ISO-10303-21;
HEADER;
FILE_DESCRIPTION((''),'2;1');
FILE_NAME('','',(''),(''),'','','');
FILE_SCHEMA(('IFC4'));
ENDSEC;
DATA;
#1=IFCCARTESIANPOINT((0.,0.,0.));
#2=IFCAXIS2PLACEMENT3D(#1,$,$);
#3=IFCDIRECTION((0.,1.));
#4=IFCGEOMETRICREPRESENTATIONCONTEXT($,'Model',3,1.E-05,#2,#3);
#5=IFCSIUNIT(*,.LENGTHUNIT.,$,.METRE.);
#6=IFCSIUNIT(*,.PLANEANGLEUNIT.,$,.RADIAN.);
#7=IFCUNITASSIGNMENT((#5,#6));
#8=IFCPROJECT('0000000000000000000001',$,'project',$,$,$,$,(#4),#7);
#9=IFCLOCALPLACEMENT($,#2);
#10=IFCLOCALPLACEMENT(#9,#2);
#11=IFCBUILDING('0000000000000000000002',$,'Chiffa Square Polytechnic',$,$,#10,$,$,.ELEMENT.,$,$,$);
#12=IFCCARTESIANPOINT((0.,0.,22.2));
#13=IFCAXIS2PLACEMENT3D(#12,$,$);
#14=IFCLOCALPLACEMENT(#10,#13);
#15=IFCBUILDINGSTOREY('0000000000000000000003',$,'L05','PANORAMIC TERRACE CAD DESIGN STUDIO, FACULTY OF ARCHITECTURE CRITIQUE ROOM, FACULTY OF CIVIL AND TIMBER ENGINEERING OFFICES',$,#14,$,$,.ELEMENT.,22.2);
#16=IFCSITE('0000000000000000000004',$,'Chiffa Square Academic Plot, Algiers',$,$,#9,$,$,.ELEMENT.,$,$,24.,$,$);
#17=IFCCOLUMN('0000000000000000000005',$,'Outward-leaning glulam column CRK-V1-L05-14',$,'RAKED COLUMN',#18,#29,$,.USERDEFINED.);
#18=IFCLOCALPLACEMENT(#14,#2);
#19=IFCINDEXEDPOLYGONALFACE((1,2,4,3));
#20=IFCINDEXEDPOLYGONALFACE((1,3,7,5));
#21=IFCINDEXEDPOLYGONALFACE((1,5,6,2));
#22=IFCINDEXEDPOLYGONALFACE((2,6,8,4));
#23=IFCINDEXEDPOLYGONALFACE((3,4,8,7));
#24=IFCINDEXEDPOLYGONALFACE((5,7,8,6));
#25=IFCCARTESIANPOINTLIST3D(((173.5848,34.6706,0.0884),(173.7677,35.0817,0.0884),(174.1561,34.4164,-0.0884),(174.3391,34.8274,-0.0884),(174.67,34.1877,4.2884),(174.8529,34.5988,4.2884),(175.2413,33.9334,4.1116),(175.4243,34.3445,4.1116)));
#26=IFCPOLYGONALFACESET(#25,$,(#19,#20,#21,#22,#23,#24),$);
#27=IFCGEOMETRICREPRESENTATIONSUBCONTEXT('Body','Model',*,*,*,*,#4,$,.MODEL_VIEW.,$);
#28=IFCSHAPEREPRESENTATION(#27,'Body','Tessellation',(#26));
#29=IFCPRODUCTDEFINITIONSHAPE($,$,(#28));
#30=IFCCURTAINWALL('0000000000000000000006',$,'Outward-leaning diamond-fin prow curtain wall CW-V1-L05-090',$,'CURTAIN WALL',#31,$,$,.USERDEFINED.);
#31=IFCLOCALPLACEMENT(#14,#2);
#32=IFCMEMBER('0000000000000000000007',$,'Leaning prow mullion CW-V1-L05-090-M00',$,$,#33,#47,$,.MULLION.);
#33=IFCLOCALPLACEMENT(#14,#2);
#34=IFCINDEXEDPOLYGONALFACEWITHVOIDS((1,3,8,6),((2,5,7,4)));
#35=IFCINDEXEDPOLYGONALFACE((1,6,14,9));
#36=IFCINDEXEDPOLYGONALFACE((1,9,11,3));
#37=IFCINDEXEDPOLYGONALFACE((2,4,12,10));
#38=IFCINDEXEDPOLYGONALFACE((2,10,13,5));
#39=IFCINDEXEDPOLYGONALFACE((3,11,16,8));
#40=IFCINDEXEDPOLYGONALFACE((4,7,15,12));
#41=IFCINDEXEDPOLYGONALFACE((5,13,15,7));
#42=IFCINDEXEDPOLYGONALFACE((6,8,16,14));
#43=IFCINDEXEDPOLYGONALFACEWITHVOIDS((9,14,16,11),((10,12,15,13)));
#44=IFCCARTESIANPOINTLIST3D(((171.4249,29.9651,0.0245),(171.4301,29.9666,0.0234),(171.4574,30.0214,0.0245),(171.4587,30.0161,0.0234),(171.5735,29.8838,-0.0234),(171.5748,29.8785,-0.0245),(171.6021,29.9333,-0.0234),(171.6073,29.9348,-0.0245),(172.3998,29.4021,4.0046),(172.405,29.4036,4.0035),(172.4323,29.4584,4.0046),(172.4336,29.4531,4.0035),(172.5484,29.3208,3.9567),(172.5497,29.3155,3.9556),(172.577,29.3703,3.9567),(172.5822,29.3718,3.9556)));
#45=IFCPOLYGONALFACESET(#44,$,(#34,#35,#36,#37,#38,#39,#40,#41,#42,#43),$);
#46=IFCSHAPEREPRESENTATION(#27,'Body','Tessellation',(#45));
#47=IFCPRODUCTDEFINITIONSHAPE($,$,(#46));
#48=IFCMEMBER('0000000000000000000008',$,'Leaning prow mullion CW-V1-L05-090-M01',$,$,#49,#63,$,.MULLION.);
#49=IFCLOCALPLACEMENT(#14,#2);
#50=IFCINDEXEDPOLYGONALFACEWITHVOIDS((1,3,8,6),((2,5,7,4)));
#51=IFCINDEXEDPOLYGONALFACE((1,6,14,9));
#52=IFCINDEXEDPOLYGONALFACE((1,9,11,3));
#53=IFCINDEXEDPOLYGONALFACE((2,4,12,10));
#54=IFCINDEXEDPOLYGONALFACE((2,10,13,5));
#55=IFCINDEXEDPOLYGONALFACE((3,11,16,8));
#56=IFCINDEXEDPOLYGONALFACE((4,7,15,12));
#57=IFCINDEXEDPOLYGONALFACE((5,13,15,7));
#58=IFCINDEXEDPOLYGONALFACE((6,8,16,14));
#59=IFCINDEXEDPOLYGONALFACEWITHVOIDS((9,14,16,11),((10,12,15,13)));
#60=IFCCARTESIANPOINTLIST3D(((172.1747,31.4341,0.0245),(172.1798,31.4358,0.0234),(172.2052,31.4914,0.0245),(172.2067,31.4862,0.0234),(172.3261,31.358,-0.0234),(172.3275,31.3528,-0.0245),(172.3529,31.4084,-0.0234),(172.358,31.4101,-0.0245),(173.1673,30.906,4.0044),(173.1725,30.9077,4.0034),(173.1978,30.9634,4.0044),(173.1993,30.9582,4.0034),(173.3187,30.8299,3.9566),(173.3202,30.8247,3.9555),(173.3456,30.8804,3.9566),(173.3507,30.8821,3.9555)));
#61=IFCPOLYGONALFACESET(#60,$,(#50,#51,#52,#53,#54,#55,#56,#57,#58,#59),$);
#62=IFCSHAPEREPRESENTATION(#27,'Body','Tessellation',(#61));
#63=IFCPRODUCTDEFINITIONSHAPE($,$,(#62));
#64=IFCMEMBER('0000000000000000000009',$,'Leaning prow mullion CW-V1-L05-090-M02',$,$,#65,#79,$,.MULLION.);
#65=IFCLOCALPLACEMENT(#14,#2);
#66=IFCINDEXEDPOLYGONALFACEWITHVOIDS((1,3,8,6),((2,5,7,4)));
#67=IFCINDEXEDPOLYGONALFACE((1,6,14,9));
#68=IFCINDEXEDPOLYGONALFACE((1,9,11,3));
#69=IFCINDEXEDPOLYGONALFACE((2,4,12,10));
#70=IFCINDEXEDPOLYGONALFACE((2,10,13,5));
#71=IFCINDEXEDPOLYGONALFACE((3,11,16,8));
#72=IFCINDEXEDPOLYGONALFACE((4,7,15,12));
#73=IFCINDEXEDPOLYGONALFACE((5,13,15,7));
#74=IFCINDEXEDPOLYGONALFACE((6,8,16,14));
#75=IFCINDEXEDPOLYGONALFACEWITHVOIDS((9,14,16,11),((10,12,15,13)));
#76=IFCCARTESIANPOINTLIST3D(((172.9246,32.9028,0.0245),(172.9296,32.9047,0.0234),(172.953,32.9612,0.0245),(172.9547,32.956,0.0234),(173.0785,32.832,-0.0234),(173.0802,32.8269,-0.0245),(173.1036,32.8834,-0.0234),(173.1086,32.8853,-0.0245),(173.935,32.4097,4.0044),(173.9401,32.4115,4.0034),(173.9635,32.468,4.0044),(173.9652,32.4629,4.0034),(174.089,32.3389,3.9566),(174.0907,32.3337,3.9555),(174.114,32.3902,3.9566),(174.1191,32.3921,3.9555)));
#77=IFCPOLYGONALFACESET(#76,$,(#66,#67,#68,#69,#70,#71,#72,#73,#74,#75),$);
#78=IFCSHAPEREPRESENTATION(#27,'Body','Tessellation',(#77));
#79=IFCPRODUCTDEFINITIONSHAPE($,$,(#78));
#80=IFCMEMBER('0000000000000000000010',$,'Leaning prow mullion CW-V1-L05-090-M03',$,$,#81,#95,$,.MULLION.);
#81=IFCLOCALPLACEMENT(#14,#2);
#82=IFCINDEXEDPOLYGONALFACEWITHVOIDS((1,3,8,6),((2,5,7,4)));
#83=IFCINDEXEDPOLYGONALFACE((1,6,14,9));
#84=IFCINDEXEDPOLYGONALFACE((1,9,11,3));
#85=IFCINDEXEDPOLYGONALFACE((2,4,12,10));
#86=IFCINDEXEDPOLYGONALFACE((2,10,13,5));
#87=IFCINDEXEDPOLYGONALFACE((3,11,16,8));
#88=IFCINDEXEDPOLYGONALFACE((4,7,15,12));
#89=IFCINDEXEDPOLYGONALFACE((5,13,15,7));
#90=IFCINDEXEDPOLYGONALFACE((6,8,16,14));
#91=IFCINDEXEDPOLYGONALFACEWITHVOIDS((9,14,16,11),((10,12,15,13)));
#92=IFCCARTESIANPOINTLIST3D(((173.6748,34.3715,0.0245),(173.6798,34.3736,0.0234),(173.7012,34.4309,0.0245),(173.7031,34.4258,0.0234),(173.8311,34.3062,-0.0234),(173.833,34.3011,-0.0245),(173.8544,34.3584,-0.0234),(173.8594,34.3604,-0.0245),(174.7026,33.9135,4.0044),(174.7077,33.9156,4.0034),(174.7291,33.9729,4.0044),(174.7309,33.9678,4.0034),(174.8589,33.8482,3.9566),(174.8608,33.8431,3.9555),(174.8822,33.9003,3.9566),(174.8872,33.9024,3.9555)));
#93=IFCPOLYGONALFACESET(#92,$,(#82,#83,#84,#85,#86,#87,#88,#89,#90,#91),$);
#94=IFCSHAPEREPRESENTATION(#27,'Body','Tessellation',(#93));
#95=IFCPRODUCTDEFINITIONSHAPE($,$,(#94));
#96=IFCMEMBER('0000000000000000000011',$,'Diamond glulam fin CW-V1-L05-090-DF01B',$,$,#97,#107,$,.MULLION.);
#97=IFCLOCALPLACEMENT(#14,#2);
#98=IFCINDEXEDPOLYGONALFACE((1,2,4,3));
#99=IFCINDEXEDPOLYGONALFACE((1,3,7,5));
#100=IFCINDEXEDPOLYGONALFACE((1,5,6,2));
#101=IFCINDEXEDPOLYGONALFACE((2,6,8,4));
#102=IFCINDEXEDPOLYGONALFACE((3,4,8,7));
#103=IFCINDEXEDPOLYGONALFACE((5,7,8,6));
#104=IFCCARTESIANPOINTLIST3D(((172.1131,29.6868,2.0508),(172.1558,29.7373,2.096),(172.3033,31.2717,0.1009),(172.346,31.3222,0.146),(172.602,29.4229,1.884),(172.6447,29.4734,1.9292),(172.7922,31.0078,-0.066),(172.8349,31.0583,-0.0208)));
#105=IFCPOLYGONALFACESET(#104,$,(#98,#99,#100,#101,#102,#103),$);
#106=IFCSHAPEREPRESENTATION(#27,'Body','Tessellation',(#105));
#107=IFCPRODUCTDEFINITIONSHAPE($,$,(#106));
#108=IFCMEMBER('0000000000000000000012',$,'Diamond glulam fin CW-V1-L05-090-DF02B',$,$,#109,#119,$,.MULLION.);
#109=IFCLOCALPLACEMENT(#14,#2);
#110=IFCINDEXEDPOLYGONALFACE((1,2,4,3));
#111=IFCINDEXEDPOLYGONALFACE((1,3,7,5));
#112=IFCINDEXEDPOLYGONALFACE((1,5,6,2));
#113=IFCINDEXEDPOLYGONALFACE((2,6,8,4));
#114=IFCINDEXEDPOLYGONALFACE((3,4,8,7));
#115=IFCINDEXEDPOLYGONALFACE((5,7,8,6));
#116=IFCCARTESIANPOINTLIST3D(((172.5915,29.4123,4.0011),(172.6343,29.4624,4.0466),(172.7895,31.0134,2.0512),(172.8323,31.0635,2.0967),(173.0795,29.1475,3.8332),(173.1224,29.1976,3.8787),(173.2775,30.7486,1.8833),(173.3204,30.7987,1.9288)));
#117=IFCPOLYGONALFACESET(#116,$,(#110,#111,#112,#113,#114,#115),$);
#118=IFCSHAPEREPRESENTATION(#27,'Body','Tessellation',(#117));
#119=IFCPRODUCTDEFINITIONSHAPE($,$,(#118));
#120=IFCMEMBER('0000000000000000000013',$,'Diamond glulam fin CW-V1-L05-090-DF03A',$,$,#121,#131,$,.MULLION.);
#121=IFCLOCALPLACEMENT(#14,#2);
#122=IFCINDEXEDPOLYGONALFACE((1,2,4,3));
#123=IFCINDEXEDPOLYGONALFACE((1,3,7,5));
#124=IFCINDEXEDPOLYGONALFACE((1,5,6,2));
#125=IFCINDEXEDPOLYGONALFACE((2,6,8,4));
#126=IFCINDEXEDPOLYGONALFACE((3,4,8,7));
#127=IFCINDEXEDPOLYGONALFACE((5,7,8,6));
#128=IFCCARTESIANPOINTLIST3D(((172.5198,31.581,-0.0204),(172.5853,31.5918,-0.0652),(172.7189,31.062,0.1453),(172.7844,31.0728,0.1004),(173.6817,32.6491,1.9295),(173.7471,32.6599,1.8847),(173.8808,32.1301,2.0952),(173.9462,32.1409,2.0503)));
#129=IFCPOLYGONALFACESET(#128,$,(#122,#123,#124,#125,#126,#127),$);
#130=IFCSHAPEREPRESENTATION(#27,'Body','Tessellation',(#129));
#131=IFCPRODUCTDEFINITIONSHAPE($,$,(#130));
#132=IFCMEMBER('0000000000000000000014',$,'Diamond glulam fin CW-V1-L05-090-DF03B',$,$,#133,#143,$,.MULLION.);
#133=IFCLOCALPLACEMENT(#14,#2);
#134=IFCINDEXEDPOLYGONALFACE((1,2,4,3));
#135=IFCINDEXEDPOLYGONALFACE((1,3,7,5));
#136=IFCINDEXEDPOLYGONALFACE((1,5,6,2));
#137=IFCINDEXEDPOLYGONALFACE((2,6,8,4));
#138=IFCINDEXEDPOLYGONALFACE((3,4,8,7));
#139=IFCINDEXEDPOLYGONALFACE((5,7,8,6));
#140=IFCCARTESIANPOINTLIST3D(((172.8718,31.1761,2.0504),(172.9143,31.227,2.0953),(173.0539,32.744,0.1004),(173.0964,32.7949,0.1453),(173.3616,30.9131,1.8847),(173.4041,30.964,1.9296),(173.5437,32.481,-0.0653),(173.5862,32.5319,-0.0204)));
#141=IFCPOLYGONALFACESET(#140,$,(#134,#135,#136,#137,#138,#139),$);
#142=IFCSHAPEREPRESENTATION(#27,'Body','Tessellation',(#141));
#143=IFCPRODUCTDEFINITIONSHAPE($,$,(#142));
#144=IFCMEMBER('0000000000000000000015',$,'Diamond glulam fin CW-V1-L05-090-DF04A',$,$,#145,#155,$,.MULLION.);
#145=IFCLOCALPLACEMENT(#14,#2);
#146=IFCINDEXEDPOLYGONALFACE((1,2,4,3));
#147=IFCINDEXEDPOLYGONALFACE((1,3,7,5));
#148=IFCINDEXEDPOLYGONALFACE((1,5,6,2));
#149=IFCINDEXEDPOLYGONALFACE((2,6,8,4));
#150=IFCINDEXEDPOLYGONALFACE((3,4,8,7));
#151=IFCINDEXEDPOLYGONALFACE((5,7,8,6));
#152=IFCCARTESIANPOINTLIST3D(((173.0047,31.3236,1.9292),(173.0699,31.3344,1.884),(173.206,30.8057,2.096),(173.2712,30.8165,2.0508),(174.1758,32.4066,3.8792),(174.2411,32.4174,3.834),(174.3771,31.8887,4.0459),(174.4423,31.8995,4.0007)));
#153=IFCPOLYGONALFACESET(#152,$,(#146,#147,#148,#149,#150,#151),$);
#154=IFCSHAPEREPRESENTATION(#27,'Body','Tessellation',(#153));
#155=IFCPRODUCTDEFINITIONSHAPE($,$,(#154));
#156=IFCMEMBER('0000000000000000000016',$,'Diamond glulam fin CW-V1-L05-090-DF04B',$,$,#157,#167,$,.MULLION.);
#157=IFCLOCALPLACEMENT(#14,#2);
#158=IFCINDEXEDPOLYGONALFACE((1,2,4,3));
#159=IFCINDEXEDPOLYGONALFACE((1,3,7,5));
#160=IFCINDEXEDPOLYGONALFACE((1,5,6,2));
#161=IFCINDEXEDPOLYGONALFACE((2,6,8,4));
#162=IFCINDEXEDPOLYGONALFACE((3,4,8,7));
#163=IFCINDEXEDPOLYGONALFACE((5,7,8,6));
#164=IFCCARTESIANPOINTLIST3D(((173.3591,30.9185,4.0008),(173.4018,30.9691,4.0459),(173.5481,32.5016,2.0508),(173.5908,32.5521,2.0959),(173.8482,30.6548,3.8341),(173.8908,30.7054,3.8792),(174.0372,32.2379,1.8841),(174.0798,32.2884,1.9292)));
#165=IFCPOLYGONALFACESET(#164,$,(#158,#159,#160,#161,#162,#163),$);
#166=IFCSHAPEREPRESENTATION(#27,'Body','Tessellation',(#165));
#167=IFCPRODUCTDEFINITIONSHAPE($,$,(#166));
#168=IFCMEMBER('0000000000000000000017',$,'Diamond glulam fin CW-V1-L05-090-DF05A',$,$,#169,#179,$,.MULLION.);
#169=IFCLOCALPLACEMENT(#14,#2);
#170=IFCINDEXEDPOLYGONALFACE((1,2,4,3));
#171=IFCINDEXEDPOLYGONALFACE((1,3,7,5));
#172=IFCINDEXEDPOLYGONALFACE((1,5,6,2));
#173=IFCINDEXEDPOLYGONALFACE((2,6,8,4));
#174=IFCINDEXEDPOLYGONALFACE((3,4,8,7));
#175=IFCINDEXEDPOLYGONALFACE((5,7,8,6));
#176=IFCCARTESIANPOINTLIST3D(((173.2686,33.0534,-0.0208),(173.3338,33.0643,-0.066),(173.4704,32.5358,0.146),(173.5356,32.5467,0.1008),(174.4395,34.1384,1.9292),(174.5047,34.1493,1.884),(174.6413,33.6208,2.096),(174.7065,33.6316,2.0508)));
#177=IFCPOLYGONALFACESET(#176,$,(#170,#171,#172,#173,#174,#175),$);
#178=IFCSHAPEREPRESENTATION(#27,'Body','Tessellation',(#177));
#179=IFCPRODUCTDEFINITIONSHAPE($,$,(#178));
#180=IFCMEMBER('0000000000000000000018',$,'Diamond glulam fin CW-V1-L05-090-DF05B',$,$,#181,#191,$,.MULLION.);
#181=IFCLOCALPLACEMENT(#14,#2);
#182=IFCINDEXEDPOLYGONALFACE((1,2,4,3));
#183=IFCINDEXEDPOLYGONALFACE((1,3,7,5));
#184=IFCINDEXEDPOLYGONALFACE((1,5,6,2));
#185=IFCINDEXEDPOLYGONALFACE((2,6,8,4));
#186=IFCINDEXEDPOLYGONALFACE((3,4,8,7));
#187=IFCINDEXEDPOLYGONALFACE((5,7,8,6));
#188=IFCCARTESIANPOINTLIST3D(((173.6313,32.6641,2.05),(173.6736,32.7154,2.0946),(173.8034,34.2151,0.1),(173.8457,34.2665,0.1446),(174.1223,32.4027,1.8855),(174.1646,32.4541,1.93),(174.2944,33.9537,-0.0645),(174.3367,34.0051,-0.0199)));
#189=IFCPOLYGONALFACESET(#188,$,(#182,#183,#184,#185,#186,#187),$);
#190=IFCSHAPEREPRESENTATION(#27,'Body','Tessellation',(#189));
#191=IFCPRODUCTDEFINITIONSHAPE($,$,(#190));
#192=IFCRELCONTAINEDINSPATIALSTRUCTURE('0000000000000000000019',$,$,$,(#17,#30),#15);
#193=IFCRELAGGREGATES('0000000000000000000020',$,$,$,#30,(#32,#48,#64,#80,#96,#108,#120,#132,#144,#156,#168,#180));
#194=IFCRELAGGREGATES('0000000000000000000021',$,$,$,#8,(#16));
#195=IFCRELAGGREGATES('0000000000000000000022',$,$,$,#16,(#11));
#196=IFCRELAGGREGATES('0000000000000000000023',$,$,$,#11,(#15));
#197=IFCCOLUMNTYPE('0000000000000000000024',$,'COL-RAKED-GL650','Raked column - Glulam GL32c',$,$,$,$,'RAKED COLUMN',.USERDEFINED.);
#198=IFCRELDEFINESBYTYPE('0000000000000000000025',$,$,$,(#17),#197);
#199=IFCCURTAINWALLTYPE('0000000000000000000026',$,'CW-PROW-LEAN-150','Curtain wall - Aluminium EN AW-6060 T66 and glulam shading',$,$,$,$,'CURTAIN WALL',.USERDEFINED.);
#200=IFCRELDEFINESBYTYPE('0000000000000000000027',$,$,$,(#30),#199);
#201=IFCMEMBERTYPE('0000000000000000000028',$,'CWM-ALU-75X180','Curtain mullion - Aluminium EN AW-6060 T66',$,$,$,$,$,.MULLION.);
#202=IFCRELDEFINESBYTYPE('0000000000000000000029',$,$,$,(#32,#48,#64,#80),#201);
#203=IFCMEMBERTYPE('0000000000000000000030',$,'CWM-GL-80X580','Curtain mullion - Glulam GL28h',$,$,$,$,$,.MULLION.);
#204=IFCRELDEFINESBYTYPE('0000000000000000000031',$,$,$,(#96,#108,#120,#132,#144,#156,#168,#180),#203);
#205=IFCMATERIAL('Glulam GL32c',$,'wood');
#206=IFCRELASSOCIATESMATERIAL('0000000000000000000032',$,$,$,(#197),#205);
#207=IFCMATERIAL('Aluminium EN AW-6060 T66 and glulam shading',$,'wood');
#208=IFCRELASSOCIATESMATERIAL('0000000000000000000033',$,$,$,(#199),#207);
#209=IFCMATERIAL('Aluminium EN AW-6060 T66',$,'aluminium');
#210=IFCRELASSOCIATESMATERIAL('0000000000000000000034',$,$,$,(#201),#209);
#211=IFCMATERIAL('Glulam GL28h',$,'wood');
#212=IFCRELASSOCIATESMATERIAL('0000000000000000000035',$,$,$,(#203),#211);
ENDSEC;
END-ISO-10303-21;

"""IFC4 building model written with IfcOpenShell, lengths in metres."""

from ifc_helpers import new_model, si_unit, direction, frame, origin, origin_2d, place, context, subcontext, project, spatial, rectangle, hollow_rectangle, extrude, material, material_profile, profile_set, type_object, element, aggregate, save


model = new_model("IFC4")

# Units and contexts
model_context = context("Model", 3, precision=1e-05, world=origin(), true_north=direction((0.0, 1.0)))
body_context = subcontext(model_context, "Body", "Model", "MODEL_VIEW")
ifc_project = project(units=[si_unit("LENGTHUNIT", "METRE"), si_unit("PLANEANGLEUNIT", "RADIAN")], contexts=[model_context])

# Site, building, storey
site_placement = place(None, origin())
site = spatial("IfcSite", under=ifc_project, at=site_placement, Name="Chiffa Square Academic Plot, Algiers", CompositionType="ELEMENT", RefElevation=24.0)
building_placement = place(site_placement, origin())
building = spatial("IfcBuilding", under=site, at=building_placement, Name="Chiffa Square Polytechnic", CompositionType="ELEMENT")
storey_placement = place(building_placement, frame((0.0, 0.0, 22.2)))
storey = spatial("IfcBuildingStorey", under=building, at=storey_placement, Name="L05", Description="PANORAMIC TERRACE CAD DESIGN STUDIO, FACULTY OF ARCHITECTURE CRITIQUE ROOM, FACULTY OF CIVIL AND TIMBER ENGINEERING OFFICES", CompositionType="ELEMENT", Elevation=22.2)

# Column
ifc_material_1 = material(Name="Glulam GL32c", Category="wood")
ifc_material_profile_1 = material_profile(ifc_material_1, rectangle(XDim=0.45, YDim=0.6499, at=origin_2d()), Name="GL32c 450x650")
ifc_profile_set_1 = profile_set([ifc_material_profile_1], Name="Glulam GL32c")
column_type = type_object("IfcColumnType", Name="COL-RAKED-GL650", Description="Raked column - Glulam GL32c", ElementType="RAKED COLUMN", PredefinedType="USERDEFINED", material=ifc_profile_set_1)
column_placement = place(storey_placement, frame((173.9619, 34.749, 0.0), z_axis=(0.248633, -0.11064, 0.962258), x_axis=(0.406558, 0.913625, 0.0)))
element("IfcColumn", 1, at=column_placement, inside=storey, type_object=column_type, Name="Outward-leaning glulam column CRK-V1-L05-14", ObjectType="RAKED COLUMN", PredefinedType="USERDEFINED", context=body_context, shape_type="SweptSolid", body=[
    extrude(rectangle(XDim=0.45, YDim=0.6499, at=origin_2d()), origin(), (0.0, 0.0, 1.0), 4.3647),
])

# Curtain wall, members
ifc_material_2 = material(Name="Aluminium EN AW-6060 T66 and glulam shading", Category="wood")
curtain_wall_type_1 = type_object("IfcCurtainWallType", Name="CW-PROW-LEAN-150", Description="Curtain wall - Aluminium EN AW-6060 T66 and glulam shading", ElementType="CURTAIN WALL", PredefinedType="USERDEFINED", material=ifc_material_2)
curtain_wall_1_placement = place(storey_placement, origin())
curtain_wall_1 = element("IfcCurtainWall", 2, at=curtain_wall_1_placement, inside=storey, type_object=curtain_wall_type_1, Name="Outward-leaning diamond-fin prow curtain wall CW-V1-L05-090", ObjectType="CURTAIN WALL", PredefinedType="USERDEFINED")
ifc_material_3 = material(Name="Aluminium EN AW-6060 T66", Category="aluminium")
ifc_material_profile_2 = material_profile(ifc_material_3, hollow_rectangle(XDim=0.0649, YDim=0.1799, WallThickness=0.0039, at=origin_2d()), Name="ALU 65x180x4")
ifc_profile_set_2 = profile_set([ifc_material_profile_2], Name="Aluminium EN AW-6060 T66")
member_type_1 = type_object("IfcMemberType", Name="CWM-ALU-75X180", Description="Curtain mullion - Aluminium EN AW-6060 T66", PredefinedType="MULLION", material=ifc_profile_set_2)
member_1_placement = place(storey_placement, frame((171.5161, 29.95, 0.0), z_axis=(0.235692, -0.136115, 0.962248), x_axis=(0.500104, 0.865965, 0.0)))
member_1 = element("IfcMember", 3, at=member_1_placement, type_object=member_type_1, Name="Leaning prow mullion CW-V1-L05-090-M00", PredefinedType="MULLION", context=body_context, shape_type="SweptSolid", body=[
    extrude(hollow_rectangle(XDim=0.0649, YDim=0.1799, WallThickness=0.0039, at=origin_2d()), origin(), (0.0, 0.0, 1.0), 4.1362),
])
member_2_placement = place(storey_placement, frame((172.2664, 31.4221, 0.0), z_axis=(0.240023, -0.127685, 0.962333), x_axis=(0.469653, 0.882851, 0.0)))
member_2 = element("IfcMember", 4, at=member_2_placement, type_object=member_type_1, Name="Leaning prow mullion CW-V1-L05-090-M01", PredefinedType="MULLION", context=body_context, shape_type="SweptSolid", body=[
    extrude(hollow_rectangle(XDim=0.0649, YDim=0.1799, WallThickness=0.0039, at=origin_2d()), origin(), (0.0, 0.0, 1.0), 4.1357),
])
member_3_placement = place(storey_placement, frame((173.0166, 32.894, 0.0), z_axis=(0.244332, -0.119244, 0.962332), x_axis=(0.438595, 0.898685, 0.0)))
member_3 = element("IfcMember", 5, at=member_3_placement, type_object=member_type_1, Name="Leaning prow mullion CW-V1-L05-090-M02", PredefinedType="MULLION", context=body_context, shape_type="SweptSolid", body=[
    extrude(hollow_rectangle(XDim=0.0649, YDim=0.1799, WallThickness=0.0039, at=origin_2d()), origin(), (0.0, 0.0, 1.0), 4.1357),
])
member_4_placement = place(storey_placement, frame((173.7671, 34.366, 0.0), z_axis=(0.248509, -0.110737, 0.962279), x_axis=(0.407024, 0.913417, 0.0)))
member_4 = element("IfcMember", 6, at=member_4_placement, type_object=member_type_1, Name="Leaning prow mullion CW-V1-L05-090-M03", PredefinedType="MULLION", context=body_context, shape_type="SweptSolid", body=[
    extrude(hollow_rectangle(XDim=0.0649, YDim=0.1799, WallThickness=0.0039, at=origin_2d()), origin(), (0.0, 0.0, 1.0), 4.136),
])
ifc_material_4 = material(Name="Glulam GL28h", Category="wood")
ifc_material_profile_3 = material_profile(ifc_material_4, rectangle(XDim=0.0801, YDim=0.5801, at=origin_2d()), Name="GL28h 80x580")
ifc_profile_set_3 = profile_set([ifc_material_profile_3], Name="Glulam GL28h")
member_type_2 = type_object("IfcMemberType", Name="CWM-GL-80X580", Description="Curtain mullion - Glulam GL28h", PredefinedType="MULLION", material=ifc_profile_set_3)
member_5_placement = place(storey_placement, frame((172.5691, 31.165, 0.04), z_axis=(-0.075469, -0.628944, 0.773779), x_axis=(0.532897, 0.630444, 0.564413)))
member_5 = element("IfcMember", 7, at=member_5_placement, type_object=member_type_2, Name="Diamond glulam fin CW-V1-L05-090-DF01B", PredefinedType="MULLION", context=body_context, shape_type="SweptSolid", body=[
    extrude(rectangle(XDim=0.0801, YDim=0.5801, at=origin_2d()), origin(), (0.0, 0.0, 1.0), 2.52),
])
member_6_placement = place(storey_placement, frame((173.0549, 30.906, 1.99), z_axis=(-0.078235, -0.632635, 0.770488), x_axis=(0.534814, 0.625601, 0.567976)))
member_6 = element("IfcMember", 8, at=member_6_placement, type_object=member_type_2, Name="Diamond glulam fin CW-V1-L05-090-DF02B", PredefinedType="MULLION", context=body_context, shape_type="SweptSolid", body=[
    extrude(rectangle(XDim=0.0801, YDim=0.5801, at=origin_2d()), origin(), (0.0, 0.0, 1.0), 2.5308),
])
member_7_placement = place(storey_placement, frame((172.6521, 31.3269, 0.04), z_axis=(0.463152, 0.42578, 0.777304), x_axis=(-0.817121, -0.134507, 0.560554)))
member_7 = element("IfcMember", 9, at=member_7_placement, type_object=member_type_2, Name="Diamond glulam fin CW-V1-L05-090-DF03A", PredefinedType="MULLION", context=body_context, shape_type="SweptSolid", body=[
    extrude(rectangle(XDim=0.0801, YDim=0.5801, at=origin_2d()), origin(), (0.0, 0.0, 1.0), 2.5085),
])
member_8_placement = place(storey_placement, frame((173.3201, 32.6379, 0.04), z_axis=(-0.072598, -0.624967, 0.777268), x_axis=(0.53087, 0.63554, 0.560594)))
member_8 = element("IfcMember", 10, at=member_8_placement, type_object=member_type_2, Name="Diamond glulam fin CW-V1-L05-090-DF03B", PredefinedType="MULLION", context=body_context, shape_type="SweptSolid", body=[
    extrude(rectangle(XDim=0.0801, YDim=0.5801, at=origin_2d()), origin(), (0.0, 0.0, 1.0), 2.5088),
])
member_9_placement = place(storey_placement, frame((173.1379, 31.0701, 1.99), z_axis=(0.464871, 0.429887, 0.77401), x_axis=(-0.814567, -0.134914, 0.564161)))
member_9 = element("IfcMember", 11, at=member_9_placement, type_object=member_type_2, Name="Diamond glulam fin CW-V1-L05-090-DF04A", PredefinedType="MULLION", context=body_context, shape_type="SweptSolid", body=[
    extrude(rectangle(XDim=0.0801, YDim=0.5801, at=origin_2d()), origin(), (0.0, 0.0, 1.0), 2.5193),
])
member_10_placement = place(storey_placement, frame((173.814, 32.395, 1.99), z_axis=(-0.075024, -0.628498, 0.774185), x_axis=(0.532552, 0.63113, 0.563971)))
member_10 = element("IfcMember", 12, at=member_10_placement, type_object=member_type_2, Name="Diamond glulam fin CW-V1-L05-090-DF04B", PredefinedType="MULLION", context=body_context, shape_type="SweptSolid", body=[
    extrude(rectangle(XDim=0.0801, YDim=0.5801, at=origin_2d()), origin(), (0.0, 0.0, 1.0), 2.5188),
])
member_11_placement = place(storey_placement, frame((173.4021, 32.8, 0.04), z_axis=(0.46464, 0.430538, 0.773787), x_axis=(-0.814286, -0.135595, 0.564404)))
member_11 = element("IfcMember", 13, at=member_11_placement, type_object=member_type_2, Name="Diamond glulam fin CW-V1-L05-090-DF05A", PredefinedType="MULLION", context=body_context, shape_type="SweptSolid", body=[
    extrude(rectangle(XDim=0.0801, YDim=0.5801, at=origin_2d()), origin(), (0.0, 0.0, 1.0), 2.52),
])
member_12_placement = place(storey_placement, frame((174.0701, 34.1101, 0.04), z_axis=(-0.068916, -0.621026, 0.780754), x_axis=(0.527948, 0.641341, 0.556735)))
member_12 = element("IfcMember", 14, at=member_12_placement, type_object=member_type_2, Name="Diamond glulam fin CW-V1-L05-090-DF05B", PredefinedType="MULLION", context=body_context, shape_type="SweptSolid", body=[
    extrude(rectangle(XDim=0.0801, YDim=0.5801, at=origin_2d()), origin(), (0.0, 0.0, 1.0), 2.4976),
])

aggregate(curtain_wall_1, [member_1, member_2, member_3, member_4, member_5, member_6, member_7, member_8, member_9, member_10, member_11, member_12])

save(model, "model.ifc")
